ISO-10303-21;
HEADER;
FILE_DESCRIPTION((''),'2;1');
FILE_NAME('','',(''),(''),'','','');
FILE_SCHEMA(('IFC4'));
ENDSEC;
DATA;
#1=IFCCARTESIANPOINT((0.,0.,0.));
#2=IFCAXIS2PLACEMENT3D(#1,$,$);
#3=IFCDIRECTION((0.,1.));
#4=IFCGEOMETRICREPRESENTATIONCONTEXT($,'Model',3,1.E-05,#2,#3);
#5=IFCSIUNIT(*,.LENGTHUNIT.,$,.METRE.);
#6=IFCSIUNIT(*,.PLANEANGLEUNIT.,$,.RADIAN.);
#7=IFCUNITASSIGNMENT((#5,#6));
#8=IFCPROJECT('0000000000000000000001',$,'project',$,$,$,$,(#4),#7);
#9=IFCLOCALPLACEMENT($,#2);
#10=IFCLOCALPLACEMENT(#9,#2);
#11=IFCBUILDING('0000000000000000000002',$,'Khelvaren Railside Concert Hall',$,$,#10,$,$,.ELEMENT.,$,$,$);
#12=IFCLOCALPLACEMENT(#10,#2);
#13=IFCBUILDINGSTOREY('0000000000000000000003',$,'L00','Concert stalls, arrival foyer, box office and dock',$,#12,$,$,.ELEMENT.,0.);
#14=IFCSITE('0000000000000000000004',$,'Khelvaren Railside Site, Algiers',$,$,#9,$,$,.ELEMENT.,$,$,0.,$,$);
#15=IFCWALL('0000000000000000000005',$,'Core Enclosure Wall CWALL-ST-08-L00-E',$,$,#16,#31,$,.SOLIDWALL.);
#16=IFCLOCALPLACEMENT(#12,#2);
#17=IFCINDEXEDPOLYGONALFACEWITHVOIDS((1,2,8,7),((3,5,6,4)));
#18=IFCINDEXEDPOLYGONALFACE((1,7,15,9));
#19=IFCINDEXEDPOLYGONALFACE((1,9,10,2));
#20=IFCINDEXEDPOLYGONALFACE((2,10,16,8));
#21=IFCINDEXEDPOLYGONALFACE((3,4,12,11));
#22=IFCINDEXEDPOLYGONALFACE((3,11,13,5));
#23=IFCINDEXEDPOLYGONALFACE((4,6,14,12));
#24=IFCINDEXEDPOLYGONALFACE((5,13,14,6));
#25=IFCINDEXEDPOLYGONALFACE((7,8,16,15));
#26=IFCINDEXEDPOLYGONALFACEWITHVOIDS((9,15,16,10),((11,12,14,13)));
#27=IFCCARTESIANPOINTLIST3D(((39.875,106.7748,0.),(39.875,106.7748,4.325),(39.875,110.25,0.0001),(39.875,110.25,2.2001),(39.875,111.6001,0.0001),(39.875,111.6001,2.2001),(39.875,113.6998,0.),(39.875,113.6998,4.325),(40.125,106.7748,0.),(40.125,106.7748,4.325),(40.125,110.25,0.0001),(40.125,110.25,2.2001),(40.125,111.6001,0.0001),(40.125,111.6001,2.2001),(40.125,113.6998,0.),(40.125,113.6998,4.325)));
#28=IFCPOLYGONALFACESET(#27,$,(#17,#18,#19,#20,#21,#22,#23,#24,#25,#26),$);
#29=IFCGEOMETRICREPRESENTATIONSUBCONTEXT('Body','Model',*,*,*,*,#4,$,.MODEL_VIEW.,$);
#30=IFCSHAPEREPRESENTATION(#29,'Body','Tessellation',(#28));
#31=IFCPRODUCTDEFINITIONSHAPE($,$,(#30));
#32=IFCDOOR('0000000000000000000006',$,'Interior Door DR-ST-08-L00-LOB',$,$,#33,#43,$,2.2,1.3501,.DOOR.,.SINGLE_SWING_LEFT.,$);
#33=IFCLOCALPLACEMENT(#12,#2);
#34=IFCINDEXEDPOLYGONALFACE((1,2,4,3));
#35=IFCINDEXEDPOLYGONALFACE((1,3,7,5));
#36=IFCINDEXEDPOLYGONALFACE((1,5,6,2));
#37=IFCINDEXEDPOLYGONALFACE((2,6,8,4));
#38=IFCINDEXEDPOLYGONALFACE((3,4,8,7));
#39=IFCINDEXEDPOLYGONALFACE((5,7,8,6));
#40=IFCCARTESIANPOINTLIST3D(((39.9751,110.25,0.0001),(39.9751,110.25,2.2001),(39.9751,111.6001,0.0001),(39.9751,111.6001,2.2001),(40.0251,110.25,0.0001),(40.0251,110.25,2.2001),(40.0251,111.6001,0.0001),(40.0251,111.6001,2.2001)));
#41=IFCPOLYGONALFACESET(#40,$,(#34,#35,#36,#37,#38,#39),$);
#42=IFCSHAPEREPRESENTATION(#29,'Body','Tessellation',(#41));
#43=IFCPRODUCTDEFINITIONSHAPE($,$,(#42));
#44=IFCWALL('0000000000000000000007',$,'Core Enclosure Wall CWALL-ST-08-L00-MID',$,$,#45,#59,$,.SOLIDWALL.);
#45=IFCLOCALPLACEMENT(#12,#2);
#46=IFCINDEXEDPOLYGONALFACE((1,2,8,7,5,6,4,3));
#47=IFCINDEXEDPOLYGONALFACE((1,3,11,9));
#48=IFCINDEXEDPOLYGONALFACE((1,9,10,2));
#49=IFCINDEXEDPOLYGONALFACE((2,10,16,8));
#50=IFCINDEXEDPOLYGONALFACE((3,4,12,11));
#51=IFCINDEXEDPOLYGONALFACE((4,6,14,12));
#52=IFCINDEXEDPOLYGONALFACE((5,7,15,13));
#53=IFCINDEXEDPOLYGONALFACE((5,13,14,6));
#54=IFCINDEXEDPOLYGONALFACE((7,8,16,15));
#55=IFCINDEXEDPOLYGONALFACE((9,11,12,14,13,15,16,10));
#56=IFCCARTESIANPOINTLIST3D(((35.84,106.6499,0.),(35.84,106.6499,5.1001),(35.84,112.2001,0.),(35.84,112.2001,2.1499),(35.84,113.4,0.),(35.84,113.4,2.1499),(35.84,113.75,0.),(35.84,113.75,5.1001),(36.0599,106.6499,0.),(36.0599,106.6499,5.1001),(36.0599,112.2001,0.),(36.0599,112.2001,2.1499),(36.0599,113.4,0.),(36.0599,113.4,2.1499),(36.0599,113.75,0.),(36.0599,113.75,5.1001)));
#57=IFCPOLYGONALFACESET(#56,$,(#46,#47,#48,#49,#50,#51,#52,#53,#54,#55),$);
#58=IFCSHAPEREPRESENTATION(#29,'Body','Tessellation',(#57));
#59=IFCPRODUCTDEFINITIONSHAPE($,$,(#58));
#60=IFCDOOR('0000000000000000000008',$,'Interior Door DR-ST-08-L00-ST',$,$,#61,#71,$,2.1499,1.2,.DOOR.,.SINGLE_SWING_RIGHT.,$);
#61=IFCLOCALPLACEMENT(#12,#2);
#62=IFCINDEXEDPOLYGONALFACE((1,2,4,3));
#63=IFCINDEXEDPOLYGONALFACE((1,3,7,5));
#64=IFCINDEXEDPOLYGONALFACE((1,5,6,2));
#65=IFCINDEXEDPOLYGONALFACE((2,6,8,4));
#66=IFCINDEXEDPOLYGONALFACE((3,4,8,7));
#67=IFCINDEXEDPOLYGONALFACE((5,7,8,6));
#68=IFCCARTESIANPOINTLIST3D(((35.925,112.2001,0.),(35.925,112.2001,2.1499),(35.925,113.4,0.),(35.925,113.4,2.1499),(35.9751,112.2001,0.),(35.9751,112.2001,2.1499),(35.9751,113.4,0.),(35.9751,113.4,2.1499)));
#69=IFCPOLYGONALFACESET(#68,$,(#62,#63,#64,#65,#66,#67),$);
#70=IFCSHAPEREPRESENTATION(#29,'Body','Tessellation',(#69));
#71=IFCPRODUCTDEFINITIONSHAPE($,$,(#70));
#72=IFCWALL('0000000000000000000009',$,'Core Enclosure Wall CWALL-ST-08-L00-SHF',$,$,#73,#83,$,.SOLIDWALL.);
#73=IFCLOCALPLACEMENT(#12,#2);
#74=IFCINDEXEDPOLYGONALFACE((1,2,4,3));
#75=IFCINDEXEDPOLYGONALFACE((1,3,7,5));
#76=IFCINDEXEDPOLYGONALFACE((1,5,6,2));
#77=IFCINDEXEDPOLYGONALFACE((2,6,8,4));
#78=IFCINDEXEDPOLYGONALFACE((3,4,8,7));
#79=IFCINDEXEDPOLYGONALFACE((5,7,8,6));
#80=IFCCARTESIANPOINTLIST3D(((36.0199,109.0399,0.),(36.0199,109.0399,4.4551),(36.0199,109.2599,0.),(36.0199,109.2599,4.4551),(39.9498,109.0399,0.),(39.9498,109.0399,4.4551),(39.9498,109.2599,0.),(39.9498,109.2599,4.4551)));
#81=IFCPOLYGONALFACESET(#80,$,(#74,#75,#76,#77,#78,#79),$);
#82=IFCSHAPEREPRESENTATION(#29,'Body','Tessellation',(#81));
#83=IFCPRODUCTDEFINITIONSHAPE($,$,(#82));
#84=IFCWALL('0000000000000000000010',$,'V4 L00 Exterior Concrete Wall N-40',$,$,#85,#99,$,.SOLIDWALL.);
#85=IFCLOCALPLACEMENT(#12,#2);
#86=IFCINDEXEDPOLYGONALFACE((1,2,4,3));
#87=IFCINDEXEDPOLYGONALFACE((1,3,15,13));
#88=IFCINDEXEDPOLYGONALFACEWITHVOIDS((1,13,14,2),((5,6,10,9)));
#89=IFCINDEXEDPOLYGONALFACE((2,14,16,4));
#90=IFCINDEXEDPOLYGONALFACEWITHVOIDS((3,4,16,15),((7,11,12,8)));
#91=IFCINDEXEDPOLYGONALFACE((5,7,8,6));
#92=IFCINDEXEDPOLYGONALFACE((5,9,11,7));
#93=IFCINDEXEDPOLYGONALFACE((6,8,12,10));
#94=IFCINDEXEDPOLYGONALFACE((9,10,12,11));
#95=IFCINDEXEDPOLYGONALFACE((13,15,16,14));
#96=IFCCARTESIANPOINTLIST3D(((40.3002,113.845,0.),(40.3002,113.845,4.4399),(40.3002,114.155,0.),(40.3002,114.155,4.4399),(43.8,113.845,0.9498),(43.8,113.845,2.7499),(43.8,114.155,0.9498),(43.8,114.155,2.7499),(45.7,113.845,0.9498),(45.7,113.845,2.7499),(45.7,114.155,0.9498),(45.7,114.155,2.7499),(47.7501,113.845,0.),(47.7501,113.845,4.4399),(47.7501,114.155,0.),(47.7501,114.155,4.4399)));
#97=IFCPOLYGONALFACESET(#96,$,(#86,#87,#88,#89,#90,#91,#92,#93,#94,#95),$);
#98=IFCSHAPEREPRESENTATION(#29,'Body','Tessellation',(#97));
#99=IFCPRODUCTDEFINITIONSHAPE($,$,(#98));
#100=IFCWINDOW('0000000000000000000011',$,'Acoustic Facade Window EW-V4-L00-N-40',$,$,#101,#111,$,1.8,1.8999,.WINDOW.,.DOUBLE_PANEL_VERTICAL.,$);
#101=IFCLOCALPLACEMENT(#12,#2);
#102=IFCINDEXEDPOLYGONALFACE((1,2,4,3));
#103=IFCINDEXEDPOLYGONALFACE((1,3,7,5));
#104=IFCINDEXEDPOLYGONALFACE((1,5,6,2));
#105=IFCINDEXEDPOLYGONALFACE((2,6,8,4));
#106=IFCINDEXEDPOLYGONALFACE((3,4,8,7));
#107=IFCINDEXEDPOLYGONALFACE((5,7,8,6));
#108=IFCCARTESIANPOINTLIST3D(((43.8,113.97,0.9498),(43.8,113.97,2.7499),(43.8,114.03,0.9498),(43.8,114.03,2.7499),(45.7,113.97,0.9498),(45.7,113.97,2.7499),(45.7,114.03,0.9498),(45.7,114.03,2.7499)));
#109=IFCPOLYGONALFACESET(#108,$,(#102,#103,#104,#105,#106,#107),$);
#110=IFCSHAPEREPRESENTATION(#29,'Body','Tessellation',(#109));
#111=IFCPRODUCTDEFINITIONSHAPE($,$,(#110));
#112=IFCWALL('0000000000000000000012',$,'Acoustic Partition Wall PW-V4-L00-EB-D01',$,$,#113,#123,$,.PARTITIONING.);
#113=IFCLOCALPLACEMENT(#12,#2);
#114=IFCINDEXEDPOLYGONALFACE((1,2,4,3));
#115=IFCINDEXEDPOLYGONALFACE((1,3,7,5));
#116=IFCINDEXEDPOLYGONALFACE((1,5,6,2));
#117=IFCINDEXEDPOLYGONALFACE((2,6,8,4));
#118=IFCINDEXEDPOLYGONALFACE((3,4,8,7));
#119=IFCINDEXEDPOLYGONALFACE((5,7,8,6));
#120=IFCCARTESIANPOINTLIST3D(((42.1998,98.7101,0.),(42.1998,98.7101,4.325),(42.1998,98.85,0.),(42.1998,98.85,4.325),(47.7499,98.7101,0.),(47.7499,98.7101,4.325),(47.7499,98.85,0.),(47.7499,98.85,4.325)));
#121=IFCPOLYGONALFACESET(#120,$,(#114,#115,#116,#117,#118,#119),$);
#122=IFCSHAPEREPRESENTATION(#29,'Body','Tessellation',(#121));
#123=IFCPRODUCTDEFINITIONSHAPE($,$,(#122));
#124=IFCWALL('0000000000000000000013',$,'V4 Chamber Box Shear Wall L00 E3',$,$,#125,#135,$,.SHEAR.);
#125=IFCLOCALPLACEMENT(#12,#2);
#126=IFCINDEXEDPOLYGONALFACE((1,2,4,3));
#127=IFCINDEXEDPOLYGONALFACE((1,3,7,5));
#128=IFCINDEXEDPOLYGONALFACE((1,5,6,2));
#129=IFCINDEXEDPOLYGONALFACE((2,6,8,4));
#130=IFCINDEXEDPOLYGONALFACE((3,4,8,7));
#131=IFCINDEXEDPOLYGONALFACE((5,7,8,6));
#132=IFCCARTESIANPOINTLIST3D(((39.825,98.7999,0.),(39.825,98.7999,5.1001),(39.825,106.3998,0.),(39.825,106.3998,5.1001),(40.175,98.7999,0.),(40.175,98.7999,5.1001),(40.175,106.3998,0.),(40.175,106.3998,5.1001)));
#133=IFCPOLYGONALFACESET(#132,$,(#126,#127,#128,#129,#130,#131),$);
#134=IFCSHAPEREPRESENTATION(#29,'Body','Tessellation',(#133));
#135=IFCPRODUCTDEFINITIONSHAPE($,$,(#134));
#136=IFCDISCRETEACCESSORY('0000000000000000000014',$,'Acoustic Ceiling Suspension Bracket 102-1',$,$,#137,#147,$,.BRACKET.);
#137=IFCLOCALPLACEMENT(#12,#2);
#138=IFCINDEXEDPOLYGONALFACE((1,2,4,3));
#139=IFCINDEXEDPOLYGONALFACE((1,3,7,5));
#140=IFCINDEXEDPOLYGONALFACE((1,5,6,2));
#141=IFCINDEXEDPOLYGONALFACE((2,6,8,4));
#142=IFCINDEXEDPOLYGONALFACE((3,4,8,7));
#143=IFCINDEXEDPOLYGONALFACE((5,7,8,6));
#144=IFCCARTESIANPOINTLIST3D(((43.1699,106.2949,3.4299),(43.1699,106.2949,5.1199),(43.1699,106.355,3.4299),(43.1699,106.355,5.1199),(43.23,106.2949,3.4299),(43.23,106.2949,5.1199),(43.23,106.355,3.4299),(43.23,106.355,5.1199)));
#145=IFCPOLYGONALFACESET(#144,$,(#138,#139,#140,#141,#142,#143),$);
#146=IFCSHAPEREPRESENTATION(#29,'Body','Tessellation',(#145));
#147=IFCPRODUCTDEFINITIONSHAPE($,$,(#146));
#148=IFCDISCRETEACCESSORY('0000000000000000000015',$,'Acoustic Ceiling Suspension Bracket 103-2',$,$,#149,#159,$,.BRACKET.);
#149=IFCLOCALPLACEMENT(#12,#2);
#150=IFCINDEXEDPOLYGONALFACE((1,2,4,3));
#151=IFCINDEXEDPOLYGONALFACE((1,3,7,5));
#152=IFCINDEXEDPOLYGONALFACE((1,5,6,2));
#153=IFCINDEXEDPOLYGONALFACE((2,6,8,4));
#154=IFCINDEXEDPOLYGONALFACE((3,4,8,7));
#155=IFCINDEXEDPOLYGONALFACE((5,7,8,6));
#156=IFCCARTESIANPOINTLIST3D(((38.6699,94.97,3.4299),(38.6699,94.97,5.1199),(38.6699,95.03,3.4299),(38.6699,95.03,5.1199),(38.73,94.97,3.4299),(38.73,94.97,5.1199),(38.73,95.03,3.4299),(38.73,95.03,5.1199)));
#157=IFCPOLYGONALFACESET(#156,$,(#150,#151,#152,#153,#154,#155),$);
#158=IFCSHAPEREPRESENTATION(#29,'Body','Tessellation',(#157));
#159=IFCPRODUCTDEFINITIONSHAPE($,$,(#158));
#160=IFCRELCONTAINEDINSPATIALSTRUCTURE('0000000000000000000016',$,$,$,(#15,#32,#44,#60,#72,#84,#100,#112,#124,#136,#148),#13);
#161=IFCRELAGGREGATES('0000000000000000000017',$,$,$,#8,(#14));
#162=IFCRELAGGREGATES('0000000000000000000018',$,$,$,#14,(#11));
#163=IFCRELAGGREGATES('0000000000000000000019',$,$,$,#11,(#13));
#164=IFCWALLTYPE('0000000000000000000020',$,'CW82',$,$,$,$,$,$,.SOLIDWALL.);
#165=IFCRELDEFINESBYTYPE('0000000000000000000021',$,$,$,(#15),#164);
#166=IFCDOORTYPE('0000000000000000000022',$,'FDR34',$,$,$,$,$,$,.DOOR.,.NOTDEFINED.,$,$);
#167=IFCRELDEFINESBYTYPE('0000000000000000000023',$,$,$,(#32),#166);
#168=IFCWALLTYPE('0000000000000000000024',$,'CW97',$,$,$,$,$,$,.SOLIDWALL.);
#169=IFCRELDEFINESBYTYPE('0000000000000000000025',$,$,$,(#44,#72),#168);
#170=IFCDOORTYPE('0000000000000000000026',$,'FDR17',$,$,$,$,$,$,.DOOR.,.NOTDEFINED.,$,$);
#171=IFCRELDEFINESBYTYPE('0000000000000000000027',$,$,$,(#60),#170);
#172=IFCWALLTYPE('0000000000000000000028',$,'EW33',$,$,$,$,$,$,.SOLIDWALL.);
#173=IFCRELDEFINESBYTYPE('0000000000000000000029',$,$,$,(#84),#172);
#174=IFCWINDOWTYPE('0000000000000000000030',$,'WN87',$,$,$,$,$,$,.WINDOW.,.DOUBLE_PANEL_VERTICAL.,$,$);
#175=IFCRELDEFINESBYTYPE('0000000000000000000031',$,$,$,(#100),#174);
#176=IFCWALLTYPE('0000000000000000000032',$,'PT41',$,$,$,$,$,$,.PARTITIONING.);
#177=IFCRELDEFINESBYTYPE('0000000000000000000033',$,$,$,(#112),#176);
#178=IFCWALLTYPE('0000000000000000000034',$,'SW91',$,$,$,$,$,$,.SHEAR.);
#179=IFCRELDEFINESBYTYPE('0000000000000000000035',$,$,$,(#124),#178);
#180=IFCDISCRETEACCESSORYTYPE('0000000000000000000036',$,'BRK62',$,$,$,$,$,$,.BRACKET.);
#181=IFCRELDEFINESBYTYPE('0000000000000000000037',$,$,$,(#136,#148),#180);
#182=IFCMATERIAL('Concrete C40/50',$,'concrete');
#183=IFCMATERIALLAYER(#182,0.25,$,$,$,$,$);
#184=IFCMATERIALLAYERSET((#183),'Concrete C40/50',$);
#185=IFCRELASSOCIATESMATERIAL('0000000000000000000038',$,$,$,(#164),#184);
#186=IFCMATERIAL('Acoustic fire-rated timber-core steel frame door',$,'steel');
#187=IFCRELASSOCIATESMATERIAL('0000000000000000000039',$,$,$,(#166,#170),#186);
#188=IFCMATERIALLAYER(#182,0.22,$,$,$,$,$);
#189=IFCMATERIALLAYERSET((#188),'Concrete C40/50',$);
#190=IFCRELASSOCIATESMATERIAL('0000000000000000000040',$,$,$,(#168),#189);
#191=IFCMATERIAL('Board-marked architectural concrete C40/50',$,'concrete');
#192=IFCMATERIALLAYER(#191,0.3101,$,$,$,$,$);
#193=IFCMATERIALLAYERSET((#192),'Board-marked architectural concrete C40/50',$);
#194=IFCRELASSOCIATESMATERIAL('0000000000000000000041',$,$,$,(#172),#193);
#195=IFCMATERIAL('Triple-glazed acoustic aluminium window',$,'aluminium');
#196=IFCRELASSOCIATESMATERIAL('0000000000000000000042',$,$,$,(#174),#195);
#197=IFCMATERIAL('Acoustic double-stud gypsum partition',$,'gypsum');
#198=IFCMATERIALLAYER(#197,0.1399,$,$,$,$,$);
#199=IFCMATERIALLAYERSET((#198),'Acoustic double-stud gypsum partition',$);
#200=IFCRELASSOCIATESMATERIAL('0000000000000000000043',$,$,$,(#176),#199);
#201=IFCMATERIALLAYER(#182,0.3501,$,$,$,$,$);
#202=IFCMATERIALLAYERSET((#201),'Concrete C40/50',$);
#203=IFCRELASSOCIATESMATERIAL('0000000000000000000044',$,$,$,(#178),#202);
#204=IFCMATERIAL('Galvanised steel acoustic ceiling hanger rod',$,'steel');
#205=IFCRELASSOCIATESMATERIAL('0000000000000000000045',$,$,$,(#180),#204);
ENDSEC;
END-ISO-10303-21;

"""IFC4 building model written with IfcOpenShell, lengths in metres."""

from ifc_helpers import new_model, si_unit, direction, frame, frame_2d, origin, origin_2d, place, context, subcontext, project, spatial, rectangle, extrude, material, layer, layer_set, type_object, element, fill, save


model = new_model("IFC4")

# Units and contexts
model_context = context("Model", 3, precision=1e-05, world=origin(), true_north=direction((0.0, 1.0)))
body_context = subcontext(model_context, "Body", "Model", "MODEL_VIEW")
ifc_project = project(units=[si_unit("LENGTHUNIT", "METRE"), si_unit("PLANEANGLEUNIT", "RADIAN")], contexts=[model_context])

# Site, building, storey
site_placement = place(None, origin())
site = spatial("IfcSite", under=ifc_project, at=site_placement, Name="Khelvaren Railside Site, Algiers", CompositionType="ELEMENT", RefElevation=0.0)
building_placement = place(site_placement, origin())
building = spatial("IfcBuilding", under=site, at=building_placement, Name="Khelvaren Railside Concert Hall", CompositionType="ELEMENT")
storey_placement = place(building_placement, origin())
storey = spatial("IfcBuildingStorey", under=building, at=storey_placement, Name="L00", Description="Concert stalls, arrival foyer, box office and dock", CompositionType="ELEMENT", Elevation=0.0)

# Shared definitions
ifc_material_1 = material(Name="Concrete C40/50", Category="concrete")

# Walls, openings, doors
ifc_layer_1 = layer(ifc_material_1, 0.25)
ifc_layer_set_1 = layer_set([ifc_layer_1], Name="Concrete C40/50")
wall_type_1 = type_object("IfcWallType", Name="CW82", PredefinedType="SOLIDWALL", material=ifc_layer_set_1)
wall_1_placement = place(storey_placement, frame((40.0, 106.7749, 0.0), z_axis=(0.0, 0.0, 1.0), x_axis=(0.0, 1.0, 0.0)))
wall_1 = element("IfcWall", 1, at=wall_1_placement, inside=storey, type_object=wall_type_1, Name="Core Enclosure Wall CWALL-ST-08-L00-E", PredefinedType="SOLIDWALL", context=body_context, shape_type="SweptSolid", body=[
    extrude(rectangle(XDim=6.925, YDim=0.25, at=frame_2d((3.4624, 0.0))), origin(), (0.0, 0.0, 1.0), 4.325),
])
opening_1_placement = place(wall_1_placement, frame((3.4751, 0.0, 0.0)))
opening_1 = element("IfcOpeningElement", 2, at=opening_1_placement, cuts=wall_1, PredefinedType="OPENING", context=body_context, shape_type="SweptSolid", body=[
    extrude(rectangle(XDim=1.3501, YDim=2.2, at=frame_2d((0.675, 1.1001))), frame((0.0, 0.135, 0.0), z_axis=(0.0, -1.0, 0.0), x_axis=(1.0, 0.0, 0.0)), (0.0, 0.0, 1.0), 0.27),
])
ifc_material_2 = material(Name="Acoustic fire-rated timber-core steel frame door", Category="steel")
door_type_1 = type_object("IfcDoorType", Name="FDR34", OperationType="NOTDEFINED", PredefinedType="DOOR", material=ifc_material_2)
door_1_placement = place(opening_1_placement, origin())
door_1 = element("IfcDoor", 3, at=door_1_placement, inside=storey, type_object=door_type_1, Name="Interior Door DR-ST-08-L00-LOB", OperationType="SINGLE_SWING_LEFT", OverallHeight=2.2, OverallWidth=1.3501, PredefinedType="DOOR", context=body_context, shape_type="SweptSolid", body=[
    extrude(rectangle(XDim=1.3501, YDim=2.2, at=frame_2d((0.675, 1.1001))), frame((0.0, 0.0249, 0.0), z_axis=(0.0, -1.0, 0.0), x_axis=(1.0, 0.0, 0.0)), (0.0, 0.0, 1.0), 0.05),
])
fill(opening_1, door_1)
ifc_layer_2 = layer(ifc_material_1, 0.22)
ifc_layer_set_2 = layer_set([ifc_layer_2], Name="Concrete C40/50")
wall_type_2 = type_object("IfcWallType", Name="CW97", PredefinedType="SOLIDWALL", material=ifc_layer_set_2)
wall_2_placement = place(storey_placement, frame((35.95, 106.6499, 0.0), z_axis=(0.0, 0.0, 1.0), x_axis=(0.0, 1.0, 0.0)))
wall_2 = element("IfcWall", 4, at=wall_2_placement, inside=storey, type_object=wall_type_2, Name="Core Enclosure Wall CWALL-ST-08-L00-MID", PredefinedType="SOLIDWALL", context=body_context, shape_type="SweptSolid", body=[
    extrude(rectangle(XDim=7.1001, YDim=0.22, at=frame_2d((3.55, 0.0))), origin(), (0.0, 0.0, 1.0), 5.1001),
])
opening_2_placement = place(wall_2_placement, frame((5.55, 0.0, 0.0)))
opening_2 = element("IfcOpeningElement", 5, at=opening_2_placement, cuts=wall_2, PredefinedType="OPENING", context=body_context, shape_type="SweptSolid", body=[
    extrude(rectangle(XDim=1.2, YDim=2.1499, at=frame_2d((0.6001, 1.075))), frame((0.0, 0.1199, 0.0), z_axis=(0.0, -1.0, 0.0), x_axis=(1.0, 0.0, 0.0)), (0.0, 0.0, 1.0), 0.24),
])
door_type_2 = type_object("IfcDoorType", Name="FDR17", OperationType="NOTDEFINED", PredefinedType="DOOR", material=ifc_material_2)
door_2_placement = place(opening_2_placement, origin())
door_2 = element("IfcDoor", 6, at=door_2_placement, inside=storey, type_object=door_type_2, Name="Interior Door DR-ST-08-L00-ST", OperationType="SINGLE_SWING_RIGHT", OverallHeight=2.1499, OverallWidth=1.2, PredefinedType="DOOR", context=body_context, shape_type="SweptSolid", body=[
    extrude(rectangle(XDim=1.2, YDim=2.1499, at=frame_2d((0.6001, 1.075))), frame((0.0, 0.0249, 0.0), z_axis=(0.0, -1.0, 0.0), x_axis=(1.0, 0.0, 0.0)), (0.0, 0.0, 1.0), 0.05),
])
fill(opening_2, door_2)

# Wall
wall_3_placement = place(storey_placement, frame((36.02, 109.1499, 0.0), z_axis=(0.0, 0.0, 1.0), x_axis=(1.0, 0.0, 0.0)))
element("IfcWall", 7, at=wall_3_placement, inside=storey, type_object=wall_type_2, Name="Core Enclosure Wall CWALL-ST-08-L00-SHF", PredefinedType="SOLIDWALL", context=body_context, shape_type="SweptSolid", body=[
    extrude(rectangle(XDim=3.9299, YDim=0.22, at=frame_2d((1.9648, 0.0))), origin(), (0.0, 0.0, 1.0), 4.4551),
])

# Wall, opening, window
ifc_material_3 = material(Name="Board-marked architectural concrete C40/50", Category="concrete")
ifc_layer_3 = layer(ifc_material_3, 0.3101)
ifc_layer_set_3 = layer_set([ifc_layer_3], Name="Board-marked architectural concrete C40/50")
wall_type_3 = type_object("IfcWallType", Name="EW33", PredefinedType="SOLIDWALL", material=ifc_layer_set_3)
wall_4_placement = place(storey_placement, frame((40.3, 114.0, 0.0), z_axis=(0.0, 0.0, 1.0), x_axis=(1.0, 0.0, 0.0)))
wall_4 = element("IfcWall", 8, at=wall_4_placement, inside=storey, type_object=wall_type_3, Name="V4 L00 Exterior Concrete Wall N-40", PredefinedType="SOLIDWALL", context=body_context, shape_type="SweptSolid", body=[
    extrude(rectangle(XDim=7.45, YDim=0.3101, at=frame_2d((3.7251, 0.0))), origin(), (0.0, 0.0, 1.0), 4.4399),
])
opening_3_placement = place(wall_4_placement, frame((3.5, 0.0, 0.95)))
opening_3 = element("IfcOpeningElement", 9, at=opening_3_placement, cuts=wall_4, PredefinedType="OPENING", context=body_context, shape_type="SweptSolid", body=[
    extrude(rectangle(XDim=1.8999, YDim=1.8, at=frame_2d((0.95, 0.8999))), frame((0.0, 0.165, 0.0), z_axis=(0.0, -1.0, 0.0), x_axis=(1.0, 0.0, 0.0)), (0.0, 0.0, 1.0), 0.3301),
])
ifc_material_4 = material(Name="Triple-glazed acoustic aluminium window", Category="aluminium")
window_type = type_object("IfcWindowType", Name="WN87", PartitioningType="DOUBLE_PANEL_VERTICAL", PredefinedType="WINDOW", material=ifc_material_4)
window_placement = place(opening_3_placement, origin())
window = element("IfcWindow", 10, at=window_placement, inside=storey, type_object=window_type, Name="Acoustic Facade Window EW-V4-L00-N-40", OverallHeight=1.8, OverallWidth=1.8999, PartitioningType="DOUBLE_PANEL_VERTICAL", PredefinedType="WINDOW", context=body_context, shape_type="SweptSolid", body=[
    extrude(rectangle(XDim=1.8999, YDim=1.8, at=frame_2d((0.95, 0.8999))), frame((0.0, 0.03, 0.0), z_axis=(0.0, -1.0, 0.0), x_axis=(1.0, 0.0, 0.0)), (0.0, 0.0, 1.0), 0.0601),
])
fill(opening_3, window)

# Walls
ifc_material_5 = material(Name="Acoustic double-stud gypsum partition", Category="gypsum")
ifc_layer_4 = layer(ifc_material_5, 0.1399)
ifc_layer_set_4 = layer_set([ifc_layer_4], Name="Acoustic double-stud gypsum partition")
wall_type_4 = type_object("IfcWallType", Name="PT41", PredefinedType="PARTITIONING", material=ifc_layer_set_4)
wall_5_placement = place(storey_placement, frame((42.2, 98.78, 0.0), z_axis=(0.0, 0.0, 1.0), x_axis=(1.0, 0.0, 0.0)))
element("IfcWall", 11, at=wall_5_placement, inside=storey, type_object=wall_type_4, Name="Acoustic Partition Wall PW-V4-L00-EB-D01", PredefinedType="PARTITIONING", context=body_context, shape_type="SweptSolid", body=[
    extrude(rectangle(XDim=5.55, YDim=0.1399, at=frame_2d((2.7749, 0.0))), origin(), (0.0, 0.0, 1.0), 4.325),
])
ifc_layer_5 = layer(ifc_material_1, 0.3501)
ifc_layer_set_5 = layer_set([ifc_layer_5], Name="Concrete C40/50")
wall_type_5 = type_object("IfcWallType", Name="SW91", PredefinedType="SHEAR", material=ifc_layer_set_5)
wall_6_placement = place(storey_placement, frame((40.0, 98.8, 0.0), z_axis=(0.0, 0.0, 1.0), x_axis=(0.0, 1.0, 0.0)))
element("IfcWall", 12, at=wall_6_placement, inside=storey, type_object=wall_type_5, Name="V4 Chamber Box Shear Wall L00 E3", PredefinedType="SHEAR", context=body_context, shape_type="SweptSolid", body=[
    extrude(rectangle(XDim=7.5999, YDim=0.3501, at=frame_2d((3.7998, 0.0))), origin(), (0.0, 0.0, 1.0), 5.1001),
])

# Discrete accessories
ifc_material_6 = material(Name="Galvanised steel acoustic ceiling hanger rod", Category="steel")
discrete_accessory_type = type_object("IfcDiscreteAccessoryType", Name="BRK62", PredefinedType="BRACKET", material=ifc_material_6)
for number, where, z_axis, x_axis, name in (
    (13, (43.2, 106.325, 3.4299), (0.0, 0.0, 1.0), (1.0, 0.0, 0.0), "Acoustic Ceiling Suspension Bracket 102-1"),
    (14, (38.7, 95.0, 3.4299), (0.0, 0.0, 1.0), (1.0, 0.0, 0.0), "Acoustic Ceiling Suspension Bracket 103-2"),
):
    element("IfcDiscreteAccessory", number, at=place(storey_placement, frame(where, z_axis=z_axis, x_axis=x_axis)), inside=storey, type_object=discrete_accessory_type, Name=name, PredefinedType="BRACKET", context=body_context, shape_type="SweptSolid", body=[
        extrude(rectangle(XDim=0.0601, YDim=0.0601, at=origin_2d()), origin(), (0.0, 0.0, 1.0), 1.6899),
    ])

save(model, "model.ifc")
